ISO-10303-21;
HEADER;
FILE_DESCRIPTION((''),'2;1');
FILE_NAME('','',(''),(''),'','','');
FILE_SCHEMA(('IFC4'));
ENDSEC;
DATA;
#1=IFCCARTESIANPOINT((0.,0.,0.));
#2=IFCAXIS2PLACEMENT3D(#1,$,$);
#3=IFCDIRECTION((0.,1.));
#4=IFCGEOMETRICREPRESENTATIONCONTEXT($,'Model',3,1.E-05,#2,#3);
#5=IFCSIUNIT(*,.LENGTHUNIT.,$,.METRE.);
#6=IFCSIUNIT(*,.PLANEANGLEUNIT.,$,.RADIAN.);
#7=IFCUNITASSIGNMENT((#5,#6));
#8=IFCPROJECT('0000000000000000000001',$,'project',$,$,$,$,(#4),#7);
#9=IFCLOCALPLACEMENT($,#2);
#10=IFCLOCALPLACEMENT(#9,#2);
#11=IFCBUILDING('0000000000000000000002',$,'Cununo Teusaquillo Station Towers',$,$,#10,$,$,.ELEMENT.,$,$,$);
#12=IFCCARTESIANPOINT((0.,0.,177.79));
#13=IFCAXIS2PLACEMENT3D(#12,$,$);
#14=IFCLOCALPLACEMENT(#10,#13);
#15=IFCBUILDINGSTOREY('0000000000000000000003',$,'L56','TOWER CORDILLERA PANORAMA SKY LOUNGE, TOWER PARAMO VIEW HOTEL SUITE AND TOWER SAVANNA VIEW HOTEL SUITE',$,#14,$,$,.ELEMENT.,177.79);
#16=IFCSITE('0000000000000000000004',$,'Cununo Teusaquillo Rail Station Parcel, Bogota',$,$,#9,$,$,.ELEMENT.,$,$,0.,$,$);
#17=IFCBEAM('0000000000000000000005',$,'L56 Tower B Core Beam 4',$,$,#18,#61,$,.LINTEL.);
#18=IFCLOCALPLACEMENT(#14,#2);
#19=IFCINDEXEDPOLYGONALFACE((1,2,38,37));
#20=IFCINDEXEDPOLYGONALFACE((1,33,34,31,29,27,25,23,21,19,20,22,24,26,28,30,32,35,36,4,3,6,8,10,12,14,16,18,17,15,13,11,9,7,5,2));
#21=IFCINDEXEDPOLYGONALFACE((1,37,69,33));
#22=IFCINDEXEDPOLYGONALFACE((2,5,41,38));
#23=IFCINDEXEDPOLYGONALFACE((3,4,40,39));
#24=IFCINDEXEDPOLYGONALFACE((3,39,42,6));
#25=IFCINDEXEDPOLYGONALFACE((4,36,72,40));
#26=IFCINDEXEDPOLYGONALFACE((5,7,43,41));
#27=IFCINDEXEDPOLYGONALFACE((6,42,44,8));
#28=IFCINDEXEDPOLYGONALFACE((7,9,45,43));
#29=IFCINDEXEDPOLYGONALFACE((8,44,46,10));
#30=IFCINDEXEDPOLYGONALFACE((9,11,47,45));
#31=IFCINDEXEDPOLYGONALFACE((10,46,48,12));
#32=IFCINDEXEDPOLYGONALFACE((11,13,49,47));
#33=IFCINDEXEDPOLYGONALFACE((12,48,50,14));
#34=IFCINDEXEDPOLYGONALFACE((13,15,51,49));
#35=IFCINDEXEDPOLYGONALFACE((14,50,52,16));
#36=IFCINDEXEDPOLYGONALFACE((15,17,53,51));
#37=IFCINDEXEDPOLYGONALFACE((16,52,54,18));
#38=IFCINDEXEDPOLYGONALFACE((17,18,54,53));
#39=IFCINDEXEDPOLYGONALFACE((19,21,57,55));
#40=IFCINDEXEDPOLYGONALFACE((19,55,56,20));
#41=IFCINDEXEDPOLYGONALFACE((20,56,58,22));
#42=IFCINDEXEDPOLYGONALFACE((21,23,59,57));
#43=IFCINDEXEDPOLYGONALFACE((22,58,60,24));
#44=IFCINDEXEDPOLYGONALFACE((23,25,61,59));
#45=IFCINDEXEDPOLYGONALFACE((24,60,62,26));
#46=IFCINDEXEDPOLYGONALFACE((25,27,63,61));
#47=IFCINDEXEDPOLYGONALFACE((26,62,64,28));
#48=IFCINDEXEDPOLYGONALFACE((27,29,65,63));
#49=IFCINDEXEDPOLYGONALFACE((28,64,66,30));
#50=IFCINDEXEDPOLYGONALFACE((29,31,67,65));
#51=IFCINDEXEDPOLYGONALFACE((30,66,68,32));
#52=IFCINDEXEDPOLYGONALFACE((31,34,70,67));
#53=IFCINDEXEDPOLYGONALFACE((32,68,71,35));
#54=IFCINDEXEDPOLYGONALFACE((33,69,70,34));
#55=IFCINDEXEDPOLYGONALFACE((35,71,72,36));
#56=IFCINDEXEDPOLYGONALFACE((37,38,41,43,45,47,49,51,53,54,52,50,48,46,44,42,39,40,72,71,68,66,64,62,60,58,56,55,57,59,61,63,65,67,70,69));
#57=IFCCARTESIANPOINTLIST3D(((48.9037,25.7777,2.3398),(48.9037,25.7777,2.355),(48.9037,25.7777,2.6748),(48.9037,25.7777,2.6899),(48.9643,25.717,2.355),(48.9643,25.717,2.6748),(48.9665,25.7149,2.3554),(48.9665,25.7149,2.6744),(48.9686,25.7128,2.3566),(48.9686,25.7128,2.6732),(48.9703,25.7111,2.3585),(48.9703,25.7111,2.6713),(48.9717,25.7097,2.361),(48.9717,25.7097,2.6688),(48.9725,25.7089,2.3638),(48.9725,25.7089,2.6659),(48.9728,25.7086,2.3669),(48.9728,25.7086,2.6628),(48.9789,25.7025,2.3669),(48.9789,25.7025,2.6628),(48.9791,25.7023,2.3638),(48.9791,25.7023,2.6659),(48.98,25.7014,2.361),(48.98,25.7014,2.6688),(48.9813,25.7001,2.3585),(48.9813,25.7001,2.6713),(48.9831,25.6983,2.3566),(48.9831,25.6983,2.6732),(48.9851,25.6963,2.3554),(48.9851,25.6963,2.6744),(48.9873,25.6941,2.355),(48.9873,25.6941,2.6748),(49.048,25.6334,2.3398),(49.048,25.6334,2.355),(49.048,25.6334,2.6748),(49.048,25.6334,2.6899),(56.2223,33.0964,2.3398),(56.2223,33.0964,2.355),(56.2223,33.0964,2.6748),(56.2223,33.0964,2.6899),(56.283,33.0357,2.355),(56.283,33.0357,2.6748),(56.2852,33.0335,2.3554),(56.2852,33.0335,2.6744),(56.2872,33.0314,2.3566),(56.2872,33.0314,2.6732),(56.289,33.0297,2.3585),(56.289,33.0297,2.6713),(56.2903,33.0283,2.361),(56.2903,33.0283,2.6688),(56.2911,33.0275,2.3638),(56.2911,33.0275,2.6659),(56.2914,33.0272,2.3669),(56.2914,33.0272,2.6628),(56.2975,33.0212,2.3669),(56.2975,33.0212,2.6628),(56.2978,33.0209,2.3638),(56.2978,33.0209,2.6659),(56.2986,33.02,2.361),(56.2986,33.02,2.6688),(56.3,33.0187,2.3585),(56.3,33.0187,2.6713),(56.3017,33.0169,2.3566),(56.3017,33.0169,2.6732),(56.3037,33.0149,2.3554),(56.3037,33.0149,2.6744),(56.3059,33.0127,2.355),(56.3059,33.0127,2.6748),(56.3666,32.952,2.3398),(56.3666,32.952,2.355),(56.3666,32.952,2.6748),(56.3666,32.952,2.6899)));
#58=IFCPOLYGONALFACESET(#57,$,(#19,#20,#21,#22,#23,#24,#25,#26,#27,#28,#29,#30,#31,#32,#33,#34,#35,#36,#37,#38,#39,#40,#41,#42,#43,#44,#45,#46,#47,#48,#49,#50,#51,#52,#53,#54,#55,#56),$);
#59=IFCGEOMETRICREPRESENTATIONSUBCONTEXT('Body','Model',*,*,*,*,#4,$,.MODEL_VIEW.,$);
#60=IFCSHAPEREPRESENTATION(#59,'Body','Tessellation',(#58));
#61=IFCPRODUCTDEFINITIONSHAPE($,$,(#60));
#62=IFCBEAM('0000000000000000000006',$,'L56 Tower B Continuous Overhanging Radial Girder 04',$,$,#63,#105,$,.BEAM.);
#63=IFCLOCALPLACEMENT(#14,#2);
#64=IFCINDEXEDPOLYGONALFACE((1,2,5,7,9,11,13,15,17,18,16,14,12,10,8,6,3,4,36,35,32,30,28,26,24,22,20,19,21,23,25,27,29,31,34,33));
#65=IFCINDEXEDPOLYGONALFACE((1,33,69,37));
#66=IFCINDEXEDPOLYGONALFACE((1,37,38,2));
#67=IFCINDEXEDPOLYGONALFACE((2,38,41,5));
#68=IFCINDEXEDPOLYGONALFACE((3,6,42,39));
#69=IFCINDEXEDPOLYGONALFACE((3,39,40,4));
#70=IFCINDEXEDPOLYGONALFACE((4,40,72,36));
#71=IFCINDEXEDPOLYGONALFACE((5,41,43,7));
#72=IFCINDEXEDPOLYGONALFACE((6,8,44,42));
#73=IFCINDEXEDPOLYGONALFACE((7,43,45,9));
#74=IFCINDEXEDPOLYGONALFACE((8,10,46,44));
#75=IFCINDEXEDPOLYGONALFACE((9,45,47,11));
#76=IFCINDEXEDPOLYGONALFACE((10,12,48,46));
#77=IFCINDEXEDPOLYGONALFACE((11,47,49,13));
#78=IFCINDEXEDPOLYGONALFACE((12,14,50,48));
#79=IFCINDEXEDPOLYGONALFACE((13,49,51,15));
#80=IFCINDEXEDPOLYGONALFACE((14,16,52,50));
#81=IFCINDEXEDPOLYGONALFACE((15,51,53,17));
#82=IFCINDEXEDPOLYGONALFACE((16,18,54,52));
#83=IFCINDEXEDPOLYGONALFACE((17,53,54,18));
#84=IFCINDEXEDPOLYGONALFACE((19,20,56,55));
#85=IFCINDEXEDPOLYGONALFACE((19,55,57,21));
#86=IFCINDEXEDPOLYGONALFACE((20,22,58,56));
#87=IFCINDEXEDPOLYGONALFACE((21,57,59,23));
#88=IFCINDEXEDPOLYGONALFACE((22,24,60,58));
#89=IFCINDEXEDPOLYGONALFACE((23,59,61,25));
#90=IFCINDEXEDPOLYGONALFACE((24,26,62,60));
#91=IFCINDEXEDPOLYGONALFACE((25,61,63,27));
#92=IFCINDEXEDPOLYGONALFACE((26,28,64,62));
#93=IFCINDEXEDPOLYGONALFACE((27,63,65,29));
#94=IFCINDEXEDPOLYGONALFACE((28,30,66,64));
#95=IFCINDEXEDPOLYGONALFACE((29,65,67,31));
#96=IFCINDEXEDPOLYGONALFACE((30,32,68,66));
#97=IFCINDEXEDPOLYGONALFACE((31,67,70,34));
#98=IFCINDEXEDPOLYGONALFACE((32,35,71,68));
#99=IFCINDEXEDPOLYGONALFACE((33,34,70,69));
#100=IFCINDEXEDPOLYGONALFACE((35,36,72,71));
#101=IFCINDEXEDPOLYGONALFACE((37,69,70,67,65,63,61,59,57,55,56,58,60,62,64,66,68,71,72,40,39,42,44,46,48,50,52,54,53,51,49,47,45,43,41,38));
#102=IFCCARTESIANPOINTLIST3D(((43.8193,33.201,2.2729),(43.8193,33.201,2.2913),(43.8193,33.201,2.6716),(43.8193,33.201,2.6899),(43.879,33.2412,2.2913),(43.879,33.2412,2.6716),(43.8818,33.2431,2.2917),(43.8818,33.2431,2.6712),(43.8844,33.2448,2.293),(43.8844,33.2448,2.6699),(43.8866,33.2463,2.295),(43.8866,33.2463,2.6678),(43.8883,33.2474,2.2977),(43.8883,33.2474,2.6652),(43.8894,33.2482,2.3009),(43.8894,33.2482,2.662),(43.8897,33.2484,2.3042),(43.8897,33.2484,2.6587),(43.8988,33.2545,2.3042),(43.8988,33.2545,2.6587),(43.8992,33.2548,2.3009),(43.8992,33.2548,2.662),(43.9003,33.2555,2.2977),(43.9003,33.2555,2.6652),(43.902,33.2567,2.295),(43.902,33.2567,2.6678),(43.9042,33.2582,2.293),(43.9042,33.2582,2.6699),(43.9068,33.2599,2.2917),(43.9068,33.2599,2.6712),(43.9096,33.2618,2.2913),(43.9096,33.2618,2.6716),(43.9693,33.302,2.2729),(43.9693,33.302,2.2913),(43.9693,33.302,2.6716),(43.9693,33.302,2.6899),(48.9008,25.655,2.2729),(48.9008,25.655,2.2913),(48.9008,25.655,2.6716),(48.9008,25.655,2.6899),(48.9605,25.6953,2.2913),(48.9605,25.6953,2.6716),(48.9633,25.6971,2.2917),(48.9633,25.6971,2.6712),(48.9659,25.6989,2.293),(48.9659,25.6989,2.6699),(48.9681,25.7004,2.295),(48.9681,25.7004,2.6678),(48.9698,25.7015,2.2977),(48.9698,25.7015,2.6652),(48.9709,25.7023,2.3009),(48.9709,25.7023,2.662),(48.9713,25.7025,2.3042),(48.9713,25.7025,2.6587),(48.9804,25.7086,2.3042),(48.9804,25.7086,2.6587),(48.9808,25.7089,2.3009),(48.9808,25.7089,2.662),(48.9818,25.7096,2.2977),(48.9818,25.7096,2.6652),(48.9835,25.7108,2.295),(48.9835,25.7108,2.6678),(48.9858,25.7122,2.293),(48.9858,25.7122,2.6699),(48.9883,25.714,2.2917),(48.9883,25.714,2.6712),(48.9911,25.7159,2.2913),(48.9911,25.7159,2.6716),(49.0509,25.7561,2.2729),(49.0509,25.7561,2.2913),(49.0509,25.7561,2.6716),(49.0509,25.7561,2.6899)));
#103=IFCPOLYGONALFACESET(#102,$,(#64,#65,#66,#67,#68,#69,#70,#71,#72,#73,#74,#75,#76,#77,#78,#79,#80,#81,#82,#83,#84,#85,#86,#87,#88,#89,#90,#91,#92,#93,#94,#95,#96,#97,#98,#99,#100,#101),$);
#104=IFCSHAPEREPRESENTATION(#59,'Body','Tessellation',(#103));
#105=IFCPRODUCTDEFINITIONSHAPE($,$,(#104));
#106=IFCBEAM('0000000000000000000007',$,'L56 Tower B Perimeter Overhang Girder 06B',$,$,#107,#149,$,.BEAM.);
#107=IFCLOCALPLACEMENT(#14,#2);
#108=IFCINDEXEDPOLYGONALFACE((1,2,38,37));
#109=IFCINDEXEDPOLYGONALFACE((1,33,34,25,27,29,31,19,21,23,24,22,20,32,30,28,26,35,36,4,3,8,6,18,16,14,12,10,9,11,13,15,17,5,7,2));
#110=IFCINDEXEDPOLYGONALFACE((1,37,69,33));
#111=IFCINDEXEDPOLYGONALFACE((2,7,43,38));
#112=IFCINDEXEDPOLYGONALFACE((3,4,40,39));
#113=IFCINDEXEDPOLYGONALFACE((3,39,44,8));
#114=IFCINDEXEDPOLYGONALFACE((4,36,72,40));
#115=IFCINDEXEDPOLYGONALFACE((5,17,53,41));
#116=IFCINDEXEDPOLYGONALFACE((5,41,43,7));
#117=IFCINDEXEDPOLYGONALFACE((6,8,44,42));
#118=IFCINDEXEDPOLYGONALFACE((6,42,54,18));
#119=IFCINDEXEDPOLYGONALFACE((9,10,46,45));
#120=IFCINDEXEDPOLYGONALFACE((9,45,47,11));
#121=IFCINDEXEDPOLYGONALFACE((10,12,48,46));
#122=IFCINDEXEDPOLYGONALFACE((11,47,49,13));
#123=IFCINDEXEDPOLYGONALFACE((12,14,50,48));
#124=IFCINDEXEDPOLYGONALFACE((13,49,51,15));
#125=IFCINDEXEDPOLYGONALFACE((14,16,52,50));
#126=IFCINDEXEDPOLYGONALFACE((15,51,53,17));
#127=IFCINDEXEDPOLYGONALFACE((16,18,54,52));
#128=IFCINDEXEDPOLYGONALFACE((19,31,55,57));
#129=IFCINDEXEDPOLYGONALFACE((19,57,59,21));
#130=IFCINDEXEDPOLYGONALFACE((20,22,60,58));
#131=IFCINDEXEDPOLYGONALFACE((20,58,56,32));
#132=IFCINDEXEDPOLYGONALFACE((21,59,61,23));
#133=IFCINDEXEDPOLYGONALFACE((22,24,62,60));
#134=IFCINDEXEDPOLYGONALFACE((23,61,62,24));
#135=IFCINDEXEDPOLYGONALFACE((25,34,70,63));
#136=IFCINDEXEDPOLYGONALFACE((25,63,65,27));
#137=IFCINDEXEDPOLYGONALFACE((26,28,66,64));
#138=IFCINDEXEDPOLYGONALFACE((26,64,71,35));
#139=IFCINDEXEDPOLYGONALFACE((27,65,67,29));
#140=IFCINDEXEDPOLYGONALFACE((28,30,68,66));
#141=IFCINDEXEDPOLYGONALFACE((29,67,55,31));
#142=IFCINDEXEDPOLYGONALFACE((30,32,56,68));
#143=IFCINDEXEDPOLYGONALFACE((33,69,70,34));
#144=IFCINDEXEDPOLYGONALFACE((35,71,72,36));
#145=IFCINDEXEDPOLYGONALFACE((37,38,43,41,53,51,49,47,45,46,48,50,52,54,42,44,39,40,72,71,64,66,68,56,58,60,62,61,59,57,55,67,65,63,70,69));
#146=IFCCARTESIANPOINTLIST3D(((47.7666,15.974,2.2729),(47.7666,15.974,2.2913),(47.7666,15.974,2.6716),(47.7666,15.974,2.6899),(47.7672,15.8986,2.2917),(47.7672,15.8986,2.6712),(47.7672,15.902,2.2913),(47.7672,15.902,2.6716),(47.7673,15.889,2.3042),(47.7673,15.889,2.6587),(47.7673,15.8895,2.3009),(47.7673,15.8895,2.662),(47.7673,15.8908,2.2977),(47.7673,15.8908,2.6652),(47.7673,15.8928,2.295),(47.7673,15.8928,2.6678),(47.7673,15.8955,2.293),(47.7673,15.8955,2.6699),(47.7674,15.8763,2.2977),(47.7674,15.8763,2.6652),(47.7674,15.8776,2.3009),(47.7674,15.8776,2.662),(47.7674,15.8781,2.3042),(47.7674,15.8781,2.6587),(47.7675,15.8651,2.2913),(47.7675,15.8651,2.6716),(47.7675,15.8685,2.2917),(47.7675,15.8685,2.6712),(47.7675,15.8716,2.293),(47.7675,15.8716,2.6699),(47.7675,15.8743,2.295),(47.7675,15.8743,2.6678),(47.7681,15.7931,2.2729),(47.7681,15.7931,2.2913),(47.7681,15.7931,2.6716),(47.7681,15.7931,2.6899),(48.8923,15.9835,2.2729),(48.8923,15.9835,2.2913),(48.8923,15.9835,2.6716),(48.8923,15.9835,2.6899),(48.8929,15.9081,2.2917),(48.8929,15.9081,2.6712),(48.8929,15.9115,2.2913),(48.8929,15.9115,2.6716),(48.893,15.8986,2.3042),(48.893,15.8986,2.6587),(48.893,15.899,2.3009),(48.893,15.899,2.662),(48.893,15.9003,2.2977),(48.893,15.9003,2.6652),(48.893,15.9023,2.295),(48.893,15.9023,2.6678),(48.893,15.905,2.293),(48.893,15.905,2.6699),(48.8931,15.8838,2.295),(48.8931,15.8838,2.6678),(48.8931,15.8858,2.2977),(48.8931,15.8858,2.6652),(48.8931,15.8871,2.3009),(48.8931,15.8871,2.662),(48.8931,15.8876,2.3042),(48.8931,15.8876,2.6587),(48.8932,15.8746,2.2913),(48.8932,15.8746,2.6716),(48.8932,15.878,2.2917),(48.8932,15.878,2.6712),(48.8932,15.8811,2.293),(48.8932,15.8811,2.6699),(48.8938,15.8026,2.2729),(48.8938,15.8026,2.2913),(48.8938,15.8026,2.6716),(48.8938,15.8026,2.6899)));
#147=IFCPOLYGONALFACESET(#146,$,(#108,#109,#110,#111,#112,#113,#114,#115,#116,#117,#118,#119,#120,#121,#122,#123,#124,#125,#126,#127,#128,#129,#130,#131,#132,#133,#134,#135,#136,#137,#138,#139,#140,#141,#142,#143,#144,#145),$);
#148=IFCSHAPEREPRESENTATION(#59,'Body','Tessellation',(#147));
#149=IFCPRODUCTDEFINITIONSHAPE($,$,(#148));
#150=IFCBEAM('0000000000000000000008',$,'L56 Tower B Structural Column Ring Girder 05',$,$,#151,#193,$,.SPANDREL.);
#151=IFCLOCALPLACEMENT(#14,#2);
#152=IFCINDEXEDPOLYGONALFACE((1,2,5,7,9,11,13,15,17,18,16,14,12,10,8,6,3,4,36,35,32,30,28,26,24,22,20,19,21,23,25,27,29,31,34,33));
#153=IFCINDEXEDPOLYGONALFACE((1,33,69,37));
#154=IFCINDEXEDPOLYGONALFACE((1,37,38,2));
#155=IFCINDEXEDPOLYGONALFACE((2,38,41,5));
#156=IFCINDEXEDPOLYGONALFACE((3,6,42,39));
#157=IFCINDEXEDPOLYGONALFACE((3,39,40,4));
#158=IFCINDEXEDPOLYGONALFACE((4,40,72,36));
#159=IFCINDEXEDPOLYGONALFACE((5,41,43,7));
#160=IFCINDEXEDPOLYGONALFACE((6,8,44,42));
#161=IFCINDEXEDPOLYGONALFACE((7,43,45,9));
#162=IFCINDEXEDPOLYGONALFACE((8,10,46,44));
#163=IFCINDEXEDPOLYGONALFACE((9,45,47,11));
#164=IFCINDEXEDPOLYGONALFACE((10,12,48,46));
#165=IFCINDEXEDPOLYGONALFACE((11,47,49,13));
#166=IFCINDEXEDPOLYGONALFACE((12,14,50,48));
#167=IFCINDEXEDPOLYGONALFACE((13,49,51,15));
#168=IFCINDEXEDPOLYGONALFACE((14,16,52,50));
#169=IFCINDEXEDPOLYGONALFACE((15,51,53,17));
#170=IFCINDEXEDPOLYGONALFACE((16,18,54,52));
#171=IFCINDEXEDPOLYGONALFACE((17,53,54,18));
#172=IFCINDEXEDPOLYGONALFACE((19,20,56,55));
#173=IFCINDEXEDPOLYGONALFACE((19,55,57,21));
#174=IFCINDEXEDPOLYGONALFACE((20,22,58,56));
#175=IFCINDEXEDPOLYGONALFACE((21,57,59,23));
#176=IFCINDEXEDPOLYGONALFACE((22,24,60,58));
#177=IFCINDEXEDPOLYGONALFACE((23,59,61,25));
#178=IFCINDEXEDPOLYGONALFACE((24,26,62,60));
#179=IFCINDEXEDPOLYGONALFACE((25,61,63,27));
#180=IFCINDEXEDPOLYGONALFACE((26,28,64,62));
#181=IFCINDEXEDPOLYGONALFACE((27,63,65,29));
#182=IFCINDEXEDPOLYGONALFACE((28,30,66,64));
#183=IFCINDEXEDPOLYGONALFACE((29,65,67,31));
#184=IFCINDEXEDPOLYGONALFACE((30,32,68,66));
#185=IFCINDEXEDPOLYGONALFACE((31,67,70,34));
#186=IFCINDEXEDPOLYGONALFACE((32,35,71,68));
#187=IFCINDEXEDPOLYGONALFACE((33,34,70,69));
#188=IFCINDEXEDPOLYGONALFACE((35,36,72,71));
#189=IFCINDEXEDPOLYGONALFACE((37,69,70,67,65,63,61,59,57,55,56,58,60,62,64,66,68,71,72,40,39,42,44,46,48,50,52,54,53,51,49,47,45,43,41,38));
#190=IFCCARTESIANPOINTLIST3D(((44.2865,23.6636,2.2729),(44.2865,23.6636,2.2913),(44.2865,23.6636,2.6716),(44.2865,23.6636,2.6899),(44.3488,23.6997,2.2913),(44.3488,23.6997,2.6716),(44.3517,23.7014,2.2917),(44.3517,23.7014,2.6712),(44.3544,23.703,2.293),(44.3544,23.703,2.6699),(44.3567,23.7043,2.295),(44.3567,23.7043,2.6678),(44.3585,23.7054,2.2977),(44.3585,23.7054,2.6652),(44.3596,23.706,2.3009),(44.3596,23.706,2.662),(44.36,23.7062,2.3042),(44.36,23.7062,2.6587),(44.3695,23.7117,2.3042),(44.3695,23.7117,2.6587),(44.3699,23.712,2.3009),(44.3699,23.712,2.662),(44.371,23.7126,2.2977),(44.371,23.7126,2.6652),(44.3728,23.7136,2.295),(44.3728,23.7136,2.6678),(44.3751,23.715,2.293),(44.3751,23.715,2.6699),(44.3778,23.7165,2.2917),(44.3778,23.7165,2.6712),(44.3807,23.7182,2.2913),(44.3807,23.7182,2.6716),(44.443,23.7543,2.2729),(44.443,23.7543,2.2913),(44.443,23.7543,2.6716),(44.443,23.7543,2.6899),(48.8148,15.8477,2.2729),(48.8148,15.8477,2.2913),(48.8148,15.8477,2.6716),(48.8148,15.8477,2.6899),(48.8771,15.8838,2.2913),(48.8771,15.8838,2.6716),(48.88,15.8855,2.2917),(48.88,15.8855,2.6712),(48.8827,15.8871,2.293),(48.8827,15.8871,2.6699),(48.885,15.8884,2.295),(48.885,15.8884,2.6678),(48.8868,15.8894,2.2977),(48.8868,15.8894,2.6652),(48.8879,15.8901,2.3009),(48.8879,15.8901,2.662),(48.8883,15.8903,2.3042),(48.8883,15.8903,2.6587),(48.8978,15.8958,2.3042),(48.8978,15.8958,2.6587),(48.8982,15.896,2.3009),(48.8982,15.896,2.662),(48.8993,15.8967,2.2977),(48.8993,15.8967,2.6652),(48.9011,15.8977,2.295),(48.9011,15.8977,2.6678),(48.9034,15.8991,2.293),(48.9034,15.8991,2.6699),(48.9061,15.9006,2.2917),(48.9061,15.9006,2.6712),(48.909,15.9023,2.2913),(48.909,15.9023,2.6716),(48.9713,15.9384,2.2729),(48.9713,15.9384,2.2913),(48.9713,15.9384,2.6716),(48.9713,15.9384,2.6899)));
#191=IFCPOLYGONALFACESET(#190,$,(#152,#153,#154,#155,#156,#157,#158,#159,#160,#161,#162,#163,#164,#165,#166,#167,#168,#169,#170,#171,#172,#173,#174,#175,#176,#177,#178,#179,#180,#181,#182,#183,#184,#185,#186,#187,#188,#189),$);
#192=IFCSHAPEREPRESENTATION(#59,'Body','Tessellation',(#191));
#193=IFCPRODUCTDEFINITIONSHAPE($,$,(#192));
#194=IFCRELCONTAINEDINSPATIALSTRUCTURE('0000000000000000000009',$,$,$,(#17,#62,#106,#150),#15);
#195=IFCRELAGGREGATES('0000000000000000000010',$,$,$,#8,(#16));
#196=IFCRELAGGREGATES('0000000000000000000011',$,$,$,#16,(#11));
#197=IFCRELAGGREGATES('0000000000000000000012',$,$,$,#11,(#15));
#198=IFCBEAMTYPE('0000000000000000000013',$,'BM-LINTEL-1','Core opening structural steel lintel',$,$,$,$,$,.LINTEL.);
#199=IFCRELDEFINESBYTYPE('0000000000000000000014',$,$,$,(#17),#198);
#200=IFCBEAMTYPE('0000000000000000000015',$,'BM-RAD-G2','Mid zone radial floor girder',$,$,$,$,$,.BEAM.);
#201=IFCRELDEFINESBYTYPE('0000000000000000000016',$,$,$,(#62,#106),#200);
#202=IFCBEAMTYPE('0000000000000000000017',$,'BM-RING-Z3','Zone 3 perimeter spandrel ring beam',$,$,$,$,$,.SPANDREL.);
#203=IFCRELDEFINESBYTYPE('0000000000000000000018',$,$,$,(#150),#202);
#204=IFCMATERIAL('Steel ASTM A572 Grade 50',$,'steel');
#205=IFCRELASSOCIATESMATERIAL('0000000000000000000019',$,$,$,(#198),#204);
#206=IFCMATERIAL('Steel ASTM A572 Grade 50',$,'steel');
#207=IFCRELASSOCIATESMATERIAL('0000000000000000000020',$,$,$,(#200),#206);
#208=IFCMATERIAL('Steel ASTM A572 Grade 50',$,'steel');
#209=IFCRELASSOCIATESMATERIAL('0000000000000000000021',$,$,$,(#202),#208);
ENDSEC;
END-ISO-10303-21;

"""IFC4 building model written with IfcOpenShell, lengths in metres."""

from ifc_helpers import new_model, si_unit, direction, frame, origin, origin_2d, place, context, subcontext, project, spatial, i_section, extrude, material, material_profile, profile_set, type_object, element, save


model = new_model("IFC4")

# Units and contexts
model_context = context("Model", 3, precision=1e-05, world=origin(), true_north=direction((0.0, 1.0)))
body_context = subcontext(model_context, "Body", "Model", "MODEL_VIEW")
ifc_project = project(units=[si_unit("LENGTHUNIT", "METRE"), si_unit("PLANEANGLEUNIT", "RADIAN")], contexts=[model_context])

# Site, building, storey
site_placement = place(None, origin())
site = spatial("IfcSite", under=ifc_project, at=site_placement, Name="Cununo Teusaquillo Rail Station Parcel, Bogota", CompositionType="ELEMENT", RefElevation=0.0)
building_placement = place(site_placement, origin())
building = spatial("IfcBuilding", under=site, at=building_placement, Name="Cununo Teusaquillo Station Towers", CompositionType="ELEMENT")
storey_placement = place(building_placement, frame((0.0, 0.0, 177.79)))
storey = spatial("IfcBuildingStorey", under=building, at=storey_placement, Name="L56", Description="TOWER CORDILLERA PANORAMA SKY LOUNGE, TOWER PARAMO VIEW HOTEL SUITE AND TOWER SAVANNA VIEW HOTEL SUITE", CompositionType="ELEMENT", Elevation=177.79)

# Beams
ifc_material_1 = material(Name="Steel ASTM A572 Grade 50", Category="steel")
ifc_material_profile_1 = material_profile(ifc_material_1, i_section(OverallWidth=0.2041, OverallDepth=0.3501, WebThickness=0.0085, FlangeThickness=0.0151, FilletRadius=0.012, at=origin_2d()), Name="W14X48")
ifc_profile_set_1 = profile_set([ifc_material_profile_1], Name="Steel ASTM A572 Grade 50")
beam_type_1 = type_object("IfcBeamType", Name="BM-LINTEL-1", Description="Core opening structural steel lintel", PredefinedType="LINTEL", material=ifc_profile_set_1)
beam_1_placement = place(storey_placement, frame((48.9758, 25.7056, 2.5149), z_axis=(0.707107, 0.707107, 0.0), x_axis=(-0.707107, 0.707107, 0.0)))
element("IfcBeam", 1, at=beam_1_placement, inside=storey, type_object=beam_type_1, Name="L56 Tower B Core Beam 4", PredefinedType="LINTEL", context=body_context, shape_type="SweptSolid", body=[
    extrude(i_section(OverallWidth=0.2041, OverallDepth=0.3501, WebThickness=0.0085, FlangeThickness=0.0151, FilletRadius=0.012, at=origin_2d()), origin(), (0.0, 0.0, 1.0), 10.3501),
])
ifc_material_2 = material(Name="Steel ASTM A572 Grade 50", Category="steel")
ifc_material_profile_2 = material_profile(ifc_material_2, i_section(OverallWidth=0.1809, OverallDepth=0.417, WebThickness=0.011, FlangeThickness=0.0183, FilletRadius=0.0129, at=origin_2d()), Name="W16X57")
ifc_profile_set_2 = profile_set([ifc_material_profile_2], Name="Steel ASTM A572 Grade 50")
beam_type_2 = type_object("IfcBeamType", Name="BM-RAD-G2", Description="Mid zone radial floor girder", PredefinedType="BEAM", material=ifc_profile_set_2)
beam_2_placement = place(storey_placement, frame((48.9758, 25.7056, 2.4814), z_axis=(-0.558571, 0.829457, 0.0), x_axis=(-0.829457, -0.558571, 0.0)))
element("IfcBeam", 2, at=beam_2_placement, inside=storey, type_object=beam_type_2, Name="L56 Tower B Continuous Overhanging Radial Girder 04", PredefinedType="BEAM", context=body_context, shape_type="SweptSolid", body=[
    extrude(i_section(OverallWidth=0.1809, OverallDepth=0.417, WebThickness=0.011, FlangeThickness=0.0183, FilletRadius=0.0129, at=origin_2d()), origin(), (0.0, 0.0, 1.0), 9.0974),
])
beam_3_placement = place(storey_placement, frame((48.8931, 15.8931, 2.4814), z_axis=(-0.999964, -0.008458, 0.0), x_axis=(0.008458, -0.999964, 0.0)))
element("IfcBeam", 3, at=beam_3_placement, inside=storey, type_object=beam_type_2, Name="L56 Tower B Perimeter Overhang Girder 06B", PredefinedType="BEAM", context=body_context, shape_type="SweptSolid", body=[
    extrude(i_section(OverallWidth=0.1809, OverallDepth=0.417, WebThickness=0.011, FlangeThickness=0.0183, FilletRadius=0.0129, at=origin_2d()), origin(), (0.0, 0.0, 1.0), 1.1257),
])
ifc_material_3 = material(Name="Steel ASTM A572 Grade 50", Category="steel")
ifc_material_profile_3 = material_profile(ifc_material_3, i_section(OverallWidth=0.1809, OverallDepth=0.417, WebThickness=0.011, FlangeThickness=0.0183, FilletRadius=0.0129, at=origin_2d()), Name="W16X57")
ifc_profile_set_3 = profile_set([ifc_material_profile_3], Name="Steel ASTM A572 Grade 50")
beam_type_3 = type_object("IfcBeamType", Name="BM-RING-Z3", Description="Zone 3 perimeter spandrel ring beam", PredefinedType="SPANDREL", material=ifc_profile_set_3)
for number, where, z_axis, x_axis, name in (
    (4, (44.3647, 23.709, 2.4814), (0.501311, -0.865267, 0.0), (0.865267, 0.501311, 0.0), "L56 Tower B Structural Column Ring Girder 05"),
):
    element("IfcBeam", number, at=place(storey_placement, frame(where, z_axis=z_axis, x_axis=x_axis)), inside=storey, type_object=beam_type_3, Name=name, PredefinedType="SPANDREL", context=body_context, shape_type="SweptSolid", body=[
        extrude(i_section(OverallWidth=0.1809, OverallDepth=0.417, WebThickness=0.011, FlangeThickness=0.0183, FilletRadius=0.0129, at=origin_2d()), origin(), (0.0, 0.0, 1.0), 9.033),
    ])

save(model, "model.ifc")
